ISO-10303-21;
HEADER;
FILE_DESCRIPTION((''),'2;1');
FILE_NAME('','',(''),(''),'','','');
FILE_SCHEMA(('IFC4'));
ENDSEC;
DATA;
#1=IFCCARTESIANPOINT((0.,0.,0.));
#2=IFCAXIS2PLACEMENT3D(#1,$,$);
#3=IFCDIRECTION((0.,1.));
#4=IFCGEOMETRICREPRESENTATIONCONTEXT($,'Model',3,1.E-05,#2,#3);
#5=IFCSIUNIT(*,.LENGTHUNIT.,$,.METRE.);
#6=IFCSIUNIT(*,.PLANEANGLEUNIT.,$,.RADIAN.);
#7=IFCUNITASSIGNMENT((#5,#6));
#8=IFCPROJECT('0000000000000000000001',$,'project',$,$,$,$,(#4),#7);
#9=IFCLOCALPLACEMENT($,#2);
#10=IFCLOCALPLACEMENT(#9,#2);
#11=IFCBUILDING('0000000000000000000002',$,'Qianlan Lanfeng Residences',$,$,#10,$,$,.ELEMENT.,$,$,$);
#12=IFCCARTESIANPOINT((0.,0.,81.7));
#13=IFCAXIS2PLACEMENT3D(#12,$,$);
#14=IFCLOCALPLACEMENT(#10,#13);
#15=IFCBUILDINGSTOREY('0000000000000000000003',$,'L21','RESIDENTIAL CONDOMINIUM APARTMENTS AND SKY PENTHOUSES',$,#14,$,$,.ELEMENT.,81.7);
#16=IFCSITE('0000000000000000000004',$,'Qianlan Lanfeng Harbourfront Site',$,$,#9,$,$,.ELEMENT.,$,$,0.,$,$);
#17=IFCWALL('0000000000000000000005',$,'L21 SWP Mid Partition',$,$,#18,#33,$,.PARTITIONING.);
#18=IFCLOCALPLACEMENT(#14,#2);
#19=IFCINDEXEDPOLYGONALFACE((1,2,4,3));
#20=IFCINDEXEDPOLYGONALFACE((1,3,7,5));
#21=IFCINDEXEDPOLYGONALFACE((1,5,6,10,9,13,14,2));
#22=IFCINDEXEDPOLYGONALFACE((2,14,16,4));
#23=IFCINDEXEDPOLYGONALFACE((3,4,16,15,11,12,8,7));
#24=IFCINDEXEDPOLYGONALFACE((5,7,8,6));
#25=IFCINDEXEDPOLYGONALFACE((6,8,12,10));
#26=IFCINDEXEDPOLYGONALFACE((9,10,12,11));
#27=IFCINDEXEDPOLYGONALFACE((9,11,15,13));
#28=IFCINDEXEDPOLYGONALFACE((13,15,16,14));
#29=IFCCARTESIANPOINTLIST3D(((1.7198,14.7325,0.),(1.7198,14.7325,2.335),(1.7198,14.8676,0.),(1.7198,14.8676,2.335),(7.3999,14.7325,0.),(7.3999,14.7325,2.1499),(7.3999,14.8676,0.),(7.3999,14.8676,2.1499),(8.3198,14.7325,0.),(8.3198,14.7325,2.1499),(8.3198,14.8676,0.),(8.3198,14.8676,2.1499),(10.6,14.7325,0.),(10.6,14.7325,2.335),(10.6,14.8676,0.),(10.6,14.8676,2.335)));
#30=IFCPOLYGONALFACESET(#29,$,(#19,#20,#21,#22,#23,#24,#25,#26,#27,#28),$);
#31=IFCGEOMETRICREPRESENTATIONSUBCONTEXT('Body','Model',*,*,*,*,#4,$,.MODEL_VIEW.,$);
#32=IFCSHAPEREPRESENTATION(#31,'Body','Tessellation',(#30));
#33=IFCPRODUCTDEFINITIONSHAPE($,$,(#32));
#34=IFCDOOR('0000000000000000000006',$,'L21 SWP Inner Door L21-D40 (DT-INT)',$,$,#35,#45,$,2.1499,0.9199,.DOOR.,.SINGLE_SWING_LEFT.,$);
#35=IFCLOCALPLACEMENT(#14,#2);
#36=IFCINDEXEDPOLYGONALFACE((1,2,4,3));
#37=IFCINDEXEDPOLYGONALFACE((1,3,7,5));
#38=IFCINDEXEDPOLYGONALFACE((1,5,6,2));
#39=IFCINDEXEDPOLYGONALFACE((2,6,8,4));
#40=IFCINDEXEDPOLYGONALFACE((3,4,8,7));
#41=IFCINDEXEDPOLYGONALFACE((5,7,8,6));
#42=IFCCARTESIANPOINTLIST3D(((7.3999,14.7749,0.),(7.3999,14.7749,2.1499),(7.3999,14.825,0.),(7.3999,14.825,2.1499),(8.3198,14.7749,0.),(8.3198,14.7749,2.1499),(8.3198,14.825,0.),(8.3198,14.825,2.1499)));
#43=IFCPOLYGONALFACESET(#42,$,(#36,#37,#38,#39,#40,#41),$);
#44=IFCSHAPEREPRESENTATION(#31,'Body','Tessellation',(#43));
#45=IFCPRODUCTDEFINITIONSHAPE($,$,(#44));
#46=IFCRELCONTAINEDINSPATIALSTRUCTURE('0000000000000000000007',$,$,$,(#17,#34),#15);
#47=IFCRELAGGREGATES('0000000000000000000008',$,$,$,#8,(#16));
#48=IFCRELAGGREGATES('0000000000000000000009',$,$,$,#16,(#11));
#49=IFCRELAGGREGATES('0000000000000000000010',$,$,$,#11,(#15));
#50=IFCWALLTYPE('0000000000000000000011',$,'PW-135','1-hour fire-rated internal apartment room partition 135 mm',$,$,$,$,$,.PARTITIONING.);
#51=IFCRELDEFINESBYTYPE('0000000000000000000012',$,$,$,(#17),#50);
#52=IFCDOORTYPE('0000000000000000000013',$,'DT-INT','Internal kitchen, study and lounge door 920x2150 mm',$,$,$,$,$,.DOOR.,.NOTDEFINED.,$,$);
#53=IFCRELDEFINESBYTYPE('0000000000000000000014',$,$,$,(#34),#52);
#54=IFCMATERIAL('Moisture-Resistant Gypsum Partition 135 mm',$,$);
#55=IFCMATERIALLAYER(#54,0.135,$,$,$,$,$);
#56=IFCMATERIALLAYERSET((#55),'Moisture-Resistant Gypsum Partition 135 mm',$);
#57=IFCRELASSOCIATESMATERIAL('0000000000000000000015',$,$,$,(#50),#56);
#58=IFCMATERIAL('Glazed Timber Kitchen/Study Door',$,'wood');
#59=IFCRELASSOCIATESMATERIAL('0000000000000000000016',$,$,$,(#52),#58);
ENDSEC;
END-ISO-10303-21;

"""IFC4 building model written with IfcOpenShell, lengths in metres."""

from ifc_helpers import new_model, si_unit, direction, frame, frame_2d, origin, place, context, subcontext, project, spatial, rectangle, extrude, material, layer, layer_set, type_object, element, fill, save


model = new_model("IFC4")

# Units and contexts
model_context = context("Model", 3, precision=1e-05, world=origin(), true_north=direction((0.0, 1.0)))
body_context = subcontext(model_context, "Body", "Model", "MODEL_VIEW")
ifc_project = project(units=[si_unit("LENGTHUNIT", "METRE"), si_unit("PLANEANGLEUNIT", "RADIAN")], contexts=[model_context])

# Site, building, storey
site_placement = place(None, origin())
site = spatial("IfcSite", under=ifc_project, at=site_placement, Name="Qianlan Lanfeng Harbourfront Site", CompositionType="ELEMENT", RefElevation=0.0)
building_placement = place(site_placement, origin())
building = spatial("IfcBuilding", under=site, at=building_placement, Name="Qianlan Lanfeng Residences", CompositionType="ELEMENT")
storey_placement = place(building_placement, frame((0.0, 0.0, 81.7)))
storey = spatial("IfcBuildingStorey", under=building, at=storey_placement, Name="L21", Description="RESIDENTIAL CONDOMINIUM APARTMENTS AND SKY PENTHOUSES", CompositionType="ELEMENT", Elevation=81.7)

# Wall, opening, door
ifc_material_1 = material(Name="Moisture-Resistant Gypsum Partition 135 mm")
ifc_layer = layer(ifc_material_1, 0.135)
ifc_layer_set = layer_set([ifc_layer], Name="Moisture-Resistant Gypsum Partition 135 mm")
wall_type = type_object("IfcWallType", Name="PW-135", Description="1-hour fire-rated internal apartment room partition 135 mm", PredefinedType="PARTITIONING", material=ifc_layer_set)
ifc_material_2 = material(Name="Glazed Timber Kitchen/Study Door", Category="wood")
door_type = type_object("IfcDoorType", Name="DT-INT", Description="Internal kitchen, study and lounge door 920x2150 mm", OperationType="NOTDEFINED", PredefinedType="DOOR", material=ifc_material_2)
wall_1_placement = place(storey_placement, frame((1.72, 14.8, 0.0), z_axis=(0.0, 0.0, 1.0), x_axis=(1.0, 0.0, 0.0)))
wall_1 = element("IfcWall", 1, at=wall_1_placement, inside=storey, type_object=wall_type, Name="L21 SWP Mid Partition", PredefinedType="PARTITIONING", context=body_context, shape_type="SweptSolid", body=[
    extrude(rectangle(XDim=8.8801, YDim=0.135, at=frame_2d((4.4399, 0.0))), origin(), (0.0, 0.0, 1.0), 2.335),
])
opening_1_placement = place(wall_1_placement, frame((5.6799, 0.0, 0.0)))
opening_1 = element("IfcOpeningElement", 2, at=opening_1_placement, cuts=wall_1, PredefinedType="OPENING", context=body_context, shape_type="SweptSolid", body=[
    extrude(rectangle(XDim=0.9199, YDim=2.1499, at=frame_2d((0.46, 1.075))), frame((0.0, 0.0776, 0.0), z_axis=(0.0, -1.0, 0.0), x_axis=(1.0, 0.0, 0.0)), (0.0, 0.0, 1.0), 0.155),
])
door_1_placement = place(opening_1_placement, origin())
door_1 = element("IfcDoor", 3, at=door_1_placement, inside=storey, type_object=door_type, Name="L21 SWP Inner Door L21-D40 (DT-INT)", OperationType="SINGLE_SWING_LEFT", OverallHeight=2.1499, OverallWidth=0.9199, PredefinedType="DOOR", context=body_context, shape_type="SweptSolid", body=[
    extrude(rectangle(XDim=0.9199, YDim=2.1499, at=frame_2d((0.46, 1.075))), frame((0.0, 0.0249, 0.0), z_axis=(0.0, -1.0, 0.0), x_axis=(1.0, 0.0, 0.0)), (0.0, 0.0, 1.0), 0.05),
])
fill(opening_1, door_1)

save(model, "model.ifc")
